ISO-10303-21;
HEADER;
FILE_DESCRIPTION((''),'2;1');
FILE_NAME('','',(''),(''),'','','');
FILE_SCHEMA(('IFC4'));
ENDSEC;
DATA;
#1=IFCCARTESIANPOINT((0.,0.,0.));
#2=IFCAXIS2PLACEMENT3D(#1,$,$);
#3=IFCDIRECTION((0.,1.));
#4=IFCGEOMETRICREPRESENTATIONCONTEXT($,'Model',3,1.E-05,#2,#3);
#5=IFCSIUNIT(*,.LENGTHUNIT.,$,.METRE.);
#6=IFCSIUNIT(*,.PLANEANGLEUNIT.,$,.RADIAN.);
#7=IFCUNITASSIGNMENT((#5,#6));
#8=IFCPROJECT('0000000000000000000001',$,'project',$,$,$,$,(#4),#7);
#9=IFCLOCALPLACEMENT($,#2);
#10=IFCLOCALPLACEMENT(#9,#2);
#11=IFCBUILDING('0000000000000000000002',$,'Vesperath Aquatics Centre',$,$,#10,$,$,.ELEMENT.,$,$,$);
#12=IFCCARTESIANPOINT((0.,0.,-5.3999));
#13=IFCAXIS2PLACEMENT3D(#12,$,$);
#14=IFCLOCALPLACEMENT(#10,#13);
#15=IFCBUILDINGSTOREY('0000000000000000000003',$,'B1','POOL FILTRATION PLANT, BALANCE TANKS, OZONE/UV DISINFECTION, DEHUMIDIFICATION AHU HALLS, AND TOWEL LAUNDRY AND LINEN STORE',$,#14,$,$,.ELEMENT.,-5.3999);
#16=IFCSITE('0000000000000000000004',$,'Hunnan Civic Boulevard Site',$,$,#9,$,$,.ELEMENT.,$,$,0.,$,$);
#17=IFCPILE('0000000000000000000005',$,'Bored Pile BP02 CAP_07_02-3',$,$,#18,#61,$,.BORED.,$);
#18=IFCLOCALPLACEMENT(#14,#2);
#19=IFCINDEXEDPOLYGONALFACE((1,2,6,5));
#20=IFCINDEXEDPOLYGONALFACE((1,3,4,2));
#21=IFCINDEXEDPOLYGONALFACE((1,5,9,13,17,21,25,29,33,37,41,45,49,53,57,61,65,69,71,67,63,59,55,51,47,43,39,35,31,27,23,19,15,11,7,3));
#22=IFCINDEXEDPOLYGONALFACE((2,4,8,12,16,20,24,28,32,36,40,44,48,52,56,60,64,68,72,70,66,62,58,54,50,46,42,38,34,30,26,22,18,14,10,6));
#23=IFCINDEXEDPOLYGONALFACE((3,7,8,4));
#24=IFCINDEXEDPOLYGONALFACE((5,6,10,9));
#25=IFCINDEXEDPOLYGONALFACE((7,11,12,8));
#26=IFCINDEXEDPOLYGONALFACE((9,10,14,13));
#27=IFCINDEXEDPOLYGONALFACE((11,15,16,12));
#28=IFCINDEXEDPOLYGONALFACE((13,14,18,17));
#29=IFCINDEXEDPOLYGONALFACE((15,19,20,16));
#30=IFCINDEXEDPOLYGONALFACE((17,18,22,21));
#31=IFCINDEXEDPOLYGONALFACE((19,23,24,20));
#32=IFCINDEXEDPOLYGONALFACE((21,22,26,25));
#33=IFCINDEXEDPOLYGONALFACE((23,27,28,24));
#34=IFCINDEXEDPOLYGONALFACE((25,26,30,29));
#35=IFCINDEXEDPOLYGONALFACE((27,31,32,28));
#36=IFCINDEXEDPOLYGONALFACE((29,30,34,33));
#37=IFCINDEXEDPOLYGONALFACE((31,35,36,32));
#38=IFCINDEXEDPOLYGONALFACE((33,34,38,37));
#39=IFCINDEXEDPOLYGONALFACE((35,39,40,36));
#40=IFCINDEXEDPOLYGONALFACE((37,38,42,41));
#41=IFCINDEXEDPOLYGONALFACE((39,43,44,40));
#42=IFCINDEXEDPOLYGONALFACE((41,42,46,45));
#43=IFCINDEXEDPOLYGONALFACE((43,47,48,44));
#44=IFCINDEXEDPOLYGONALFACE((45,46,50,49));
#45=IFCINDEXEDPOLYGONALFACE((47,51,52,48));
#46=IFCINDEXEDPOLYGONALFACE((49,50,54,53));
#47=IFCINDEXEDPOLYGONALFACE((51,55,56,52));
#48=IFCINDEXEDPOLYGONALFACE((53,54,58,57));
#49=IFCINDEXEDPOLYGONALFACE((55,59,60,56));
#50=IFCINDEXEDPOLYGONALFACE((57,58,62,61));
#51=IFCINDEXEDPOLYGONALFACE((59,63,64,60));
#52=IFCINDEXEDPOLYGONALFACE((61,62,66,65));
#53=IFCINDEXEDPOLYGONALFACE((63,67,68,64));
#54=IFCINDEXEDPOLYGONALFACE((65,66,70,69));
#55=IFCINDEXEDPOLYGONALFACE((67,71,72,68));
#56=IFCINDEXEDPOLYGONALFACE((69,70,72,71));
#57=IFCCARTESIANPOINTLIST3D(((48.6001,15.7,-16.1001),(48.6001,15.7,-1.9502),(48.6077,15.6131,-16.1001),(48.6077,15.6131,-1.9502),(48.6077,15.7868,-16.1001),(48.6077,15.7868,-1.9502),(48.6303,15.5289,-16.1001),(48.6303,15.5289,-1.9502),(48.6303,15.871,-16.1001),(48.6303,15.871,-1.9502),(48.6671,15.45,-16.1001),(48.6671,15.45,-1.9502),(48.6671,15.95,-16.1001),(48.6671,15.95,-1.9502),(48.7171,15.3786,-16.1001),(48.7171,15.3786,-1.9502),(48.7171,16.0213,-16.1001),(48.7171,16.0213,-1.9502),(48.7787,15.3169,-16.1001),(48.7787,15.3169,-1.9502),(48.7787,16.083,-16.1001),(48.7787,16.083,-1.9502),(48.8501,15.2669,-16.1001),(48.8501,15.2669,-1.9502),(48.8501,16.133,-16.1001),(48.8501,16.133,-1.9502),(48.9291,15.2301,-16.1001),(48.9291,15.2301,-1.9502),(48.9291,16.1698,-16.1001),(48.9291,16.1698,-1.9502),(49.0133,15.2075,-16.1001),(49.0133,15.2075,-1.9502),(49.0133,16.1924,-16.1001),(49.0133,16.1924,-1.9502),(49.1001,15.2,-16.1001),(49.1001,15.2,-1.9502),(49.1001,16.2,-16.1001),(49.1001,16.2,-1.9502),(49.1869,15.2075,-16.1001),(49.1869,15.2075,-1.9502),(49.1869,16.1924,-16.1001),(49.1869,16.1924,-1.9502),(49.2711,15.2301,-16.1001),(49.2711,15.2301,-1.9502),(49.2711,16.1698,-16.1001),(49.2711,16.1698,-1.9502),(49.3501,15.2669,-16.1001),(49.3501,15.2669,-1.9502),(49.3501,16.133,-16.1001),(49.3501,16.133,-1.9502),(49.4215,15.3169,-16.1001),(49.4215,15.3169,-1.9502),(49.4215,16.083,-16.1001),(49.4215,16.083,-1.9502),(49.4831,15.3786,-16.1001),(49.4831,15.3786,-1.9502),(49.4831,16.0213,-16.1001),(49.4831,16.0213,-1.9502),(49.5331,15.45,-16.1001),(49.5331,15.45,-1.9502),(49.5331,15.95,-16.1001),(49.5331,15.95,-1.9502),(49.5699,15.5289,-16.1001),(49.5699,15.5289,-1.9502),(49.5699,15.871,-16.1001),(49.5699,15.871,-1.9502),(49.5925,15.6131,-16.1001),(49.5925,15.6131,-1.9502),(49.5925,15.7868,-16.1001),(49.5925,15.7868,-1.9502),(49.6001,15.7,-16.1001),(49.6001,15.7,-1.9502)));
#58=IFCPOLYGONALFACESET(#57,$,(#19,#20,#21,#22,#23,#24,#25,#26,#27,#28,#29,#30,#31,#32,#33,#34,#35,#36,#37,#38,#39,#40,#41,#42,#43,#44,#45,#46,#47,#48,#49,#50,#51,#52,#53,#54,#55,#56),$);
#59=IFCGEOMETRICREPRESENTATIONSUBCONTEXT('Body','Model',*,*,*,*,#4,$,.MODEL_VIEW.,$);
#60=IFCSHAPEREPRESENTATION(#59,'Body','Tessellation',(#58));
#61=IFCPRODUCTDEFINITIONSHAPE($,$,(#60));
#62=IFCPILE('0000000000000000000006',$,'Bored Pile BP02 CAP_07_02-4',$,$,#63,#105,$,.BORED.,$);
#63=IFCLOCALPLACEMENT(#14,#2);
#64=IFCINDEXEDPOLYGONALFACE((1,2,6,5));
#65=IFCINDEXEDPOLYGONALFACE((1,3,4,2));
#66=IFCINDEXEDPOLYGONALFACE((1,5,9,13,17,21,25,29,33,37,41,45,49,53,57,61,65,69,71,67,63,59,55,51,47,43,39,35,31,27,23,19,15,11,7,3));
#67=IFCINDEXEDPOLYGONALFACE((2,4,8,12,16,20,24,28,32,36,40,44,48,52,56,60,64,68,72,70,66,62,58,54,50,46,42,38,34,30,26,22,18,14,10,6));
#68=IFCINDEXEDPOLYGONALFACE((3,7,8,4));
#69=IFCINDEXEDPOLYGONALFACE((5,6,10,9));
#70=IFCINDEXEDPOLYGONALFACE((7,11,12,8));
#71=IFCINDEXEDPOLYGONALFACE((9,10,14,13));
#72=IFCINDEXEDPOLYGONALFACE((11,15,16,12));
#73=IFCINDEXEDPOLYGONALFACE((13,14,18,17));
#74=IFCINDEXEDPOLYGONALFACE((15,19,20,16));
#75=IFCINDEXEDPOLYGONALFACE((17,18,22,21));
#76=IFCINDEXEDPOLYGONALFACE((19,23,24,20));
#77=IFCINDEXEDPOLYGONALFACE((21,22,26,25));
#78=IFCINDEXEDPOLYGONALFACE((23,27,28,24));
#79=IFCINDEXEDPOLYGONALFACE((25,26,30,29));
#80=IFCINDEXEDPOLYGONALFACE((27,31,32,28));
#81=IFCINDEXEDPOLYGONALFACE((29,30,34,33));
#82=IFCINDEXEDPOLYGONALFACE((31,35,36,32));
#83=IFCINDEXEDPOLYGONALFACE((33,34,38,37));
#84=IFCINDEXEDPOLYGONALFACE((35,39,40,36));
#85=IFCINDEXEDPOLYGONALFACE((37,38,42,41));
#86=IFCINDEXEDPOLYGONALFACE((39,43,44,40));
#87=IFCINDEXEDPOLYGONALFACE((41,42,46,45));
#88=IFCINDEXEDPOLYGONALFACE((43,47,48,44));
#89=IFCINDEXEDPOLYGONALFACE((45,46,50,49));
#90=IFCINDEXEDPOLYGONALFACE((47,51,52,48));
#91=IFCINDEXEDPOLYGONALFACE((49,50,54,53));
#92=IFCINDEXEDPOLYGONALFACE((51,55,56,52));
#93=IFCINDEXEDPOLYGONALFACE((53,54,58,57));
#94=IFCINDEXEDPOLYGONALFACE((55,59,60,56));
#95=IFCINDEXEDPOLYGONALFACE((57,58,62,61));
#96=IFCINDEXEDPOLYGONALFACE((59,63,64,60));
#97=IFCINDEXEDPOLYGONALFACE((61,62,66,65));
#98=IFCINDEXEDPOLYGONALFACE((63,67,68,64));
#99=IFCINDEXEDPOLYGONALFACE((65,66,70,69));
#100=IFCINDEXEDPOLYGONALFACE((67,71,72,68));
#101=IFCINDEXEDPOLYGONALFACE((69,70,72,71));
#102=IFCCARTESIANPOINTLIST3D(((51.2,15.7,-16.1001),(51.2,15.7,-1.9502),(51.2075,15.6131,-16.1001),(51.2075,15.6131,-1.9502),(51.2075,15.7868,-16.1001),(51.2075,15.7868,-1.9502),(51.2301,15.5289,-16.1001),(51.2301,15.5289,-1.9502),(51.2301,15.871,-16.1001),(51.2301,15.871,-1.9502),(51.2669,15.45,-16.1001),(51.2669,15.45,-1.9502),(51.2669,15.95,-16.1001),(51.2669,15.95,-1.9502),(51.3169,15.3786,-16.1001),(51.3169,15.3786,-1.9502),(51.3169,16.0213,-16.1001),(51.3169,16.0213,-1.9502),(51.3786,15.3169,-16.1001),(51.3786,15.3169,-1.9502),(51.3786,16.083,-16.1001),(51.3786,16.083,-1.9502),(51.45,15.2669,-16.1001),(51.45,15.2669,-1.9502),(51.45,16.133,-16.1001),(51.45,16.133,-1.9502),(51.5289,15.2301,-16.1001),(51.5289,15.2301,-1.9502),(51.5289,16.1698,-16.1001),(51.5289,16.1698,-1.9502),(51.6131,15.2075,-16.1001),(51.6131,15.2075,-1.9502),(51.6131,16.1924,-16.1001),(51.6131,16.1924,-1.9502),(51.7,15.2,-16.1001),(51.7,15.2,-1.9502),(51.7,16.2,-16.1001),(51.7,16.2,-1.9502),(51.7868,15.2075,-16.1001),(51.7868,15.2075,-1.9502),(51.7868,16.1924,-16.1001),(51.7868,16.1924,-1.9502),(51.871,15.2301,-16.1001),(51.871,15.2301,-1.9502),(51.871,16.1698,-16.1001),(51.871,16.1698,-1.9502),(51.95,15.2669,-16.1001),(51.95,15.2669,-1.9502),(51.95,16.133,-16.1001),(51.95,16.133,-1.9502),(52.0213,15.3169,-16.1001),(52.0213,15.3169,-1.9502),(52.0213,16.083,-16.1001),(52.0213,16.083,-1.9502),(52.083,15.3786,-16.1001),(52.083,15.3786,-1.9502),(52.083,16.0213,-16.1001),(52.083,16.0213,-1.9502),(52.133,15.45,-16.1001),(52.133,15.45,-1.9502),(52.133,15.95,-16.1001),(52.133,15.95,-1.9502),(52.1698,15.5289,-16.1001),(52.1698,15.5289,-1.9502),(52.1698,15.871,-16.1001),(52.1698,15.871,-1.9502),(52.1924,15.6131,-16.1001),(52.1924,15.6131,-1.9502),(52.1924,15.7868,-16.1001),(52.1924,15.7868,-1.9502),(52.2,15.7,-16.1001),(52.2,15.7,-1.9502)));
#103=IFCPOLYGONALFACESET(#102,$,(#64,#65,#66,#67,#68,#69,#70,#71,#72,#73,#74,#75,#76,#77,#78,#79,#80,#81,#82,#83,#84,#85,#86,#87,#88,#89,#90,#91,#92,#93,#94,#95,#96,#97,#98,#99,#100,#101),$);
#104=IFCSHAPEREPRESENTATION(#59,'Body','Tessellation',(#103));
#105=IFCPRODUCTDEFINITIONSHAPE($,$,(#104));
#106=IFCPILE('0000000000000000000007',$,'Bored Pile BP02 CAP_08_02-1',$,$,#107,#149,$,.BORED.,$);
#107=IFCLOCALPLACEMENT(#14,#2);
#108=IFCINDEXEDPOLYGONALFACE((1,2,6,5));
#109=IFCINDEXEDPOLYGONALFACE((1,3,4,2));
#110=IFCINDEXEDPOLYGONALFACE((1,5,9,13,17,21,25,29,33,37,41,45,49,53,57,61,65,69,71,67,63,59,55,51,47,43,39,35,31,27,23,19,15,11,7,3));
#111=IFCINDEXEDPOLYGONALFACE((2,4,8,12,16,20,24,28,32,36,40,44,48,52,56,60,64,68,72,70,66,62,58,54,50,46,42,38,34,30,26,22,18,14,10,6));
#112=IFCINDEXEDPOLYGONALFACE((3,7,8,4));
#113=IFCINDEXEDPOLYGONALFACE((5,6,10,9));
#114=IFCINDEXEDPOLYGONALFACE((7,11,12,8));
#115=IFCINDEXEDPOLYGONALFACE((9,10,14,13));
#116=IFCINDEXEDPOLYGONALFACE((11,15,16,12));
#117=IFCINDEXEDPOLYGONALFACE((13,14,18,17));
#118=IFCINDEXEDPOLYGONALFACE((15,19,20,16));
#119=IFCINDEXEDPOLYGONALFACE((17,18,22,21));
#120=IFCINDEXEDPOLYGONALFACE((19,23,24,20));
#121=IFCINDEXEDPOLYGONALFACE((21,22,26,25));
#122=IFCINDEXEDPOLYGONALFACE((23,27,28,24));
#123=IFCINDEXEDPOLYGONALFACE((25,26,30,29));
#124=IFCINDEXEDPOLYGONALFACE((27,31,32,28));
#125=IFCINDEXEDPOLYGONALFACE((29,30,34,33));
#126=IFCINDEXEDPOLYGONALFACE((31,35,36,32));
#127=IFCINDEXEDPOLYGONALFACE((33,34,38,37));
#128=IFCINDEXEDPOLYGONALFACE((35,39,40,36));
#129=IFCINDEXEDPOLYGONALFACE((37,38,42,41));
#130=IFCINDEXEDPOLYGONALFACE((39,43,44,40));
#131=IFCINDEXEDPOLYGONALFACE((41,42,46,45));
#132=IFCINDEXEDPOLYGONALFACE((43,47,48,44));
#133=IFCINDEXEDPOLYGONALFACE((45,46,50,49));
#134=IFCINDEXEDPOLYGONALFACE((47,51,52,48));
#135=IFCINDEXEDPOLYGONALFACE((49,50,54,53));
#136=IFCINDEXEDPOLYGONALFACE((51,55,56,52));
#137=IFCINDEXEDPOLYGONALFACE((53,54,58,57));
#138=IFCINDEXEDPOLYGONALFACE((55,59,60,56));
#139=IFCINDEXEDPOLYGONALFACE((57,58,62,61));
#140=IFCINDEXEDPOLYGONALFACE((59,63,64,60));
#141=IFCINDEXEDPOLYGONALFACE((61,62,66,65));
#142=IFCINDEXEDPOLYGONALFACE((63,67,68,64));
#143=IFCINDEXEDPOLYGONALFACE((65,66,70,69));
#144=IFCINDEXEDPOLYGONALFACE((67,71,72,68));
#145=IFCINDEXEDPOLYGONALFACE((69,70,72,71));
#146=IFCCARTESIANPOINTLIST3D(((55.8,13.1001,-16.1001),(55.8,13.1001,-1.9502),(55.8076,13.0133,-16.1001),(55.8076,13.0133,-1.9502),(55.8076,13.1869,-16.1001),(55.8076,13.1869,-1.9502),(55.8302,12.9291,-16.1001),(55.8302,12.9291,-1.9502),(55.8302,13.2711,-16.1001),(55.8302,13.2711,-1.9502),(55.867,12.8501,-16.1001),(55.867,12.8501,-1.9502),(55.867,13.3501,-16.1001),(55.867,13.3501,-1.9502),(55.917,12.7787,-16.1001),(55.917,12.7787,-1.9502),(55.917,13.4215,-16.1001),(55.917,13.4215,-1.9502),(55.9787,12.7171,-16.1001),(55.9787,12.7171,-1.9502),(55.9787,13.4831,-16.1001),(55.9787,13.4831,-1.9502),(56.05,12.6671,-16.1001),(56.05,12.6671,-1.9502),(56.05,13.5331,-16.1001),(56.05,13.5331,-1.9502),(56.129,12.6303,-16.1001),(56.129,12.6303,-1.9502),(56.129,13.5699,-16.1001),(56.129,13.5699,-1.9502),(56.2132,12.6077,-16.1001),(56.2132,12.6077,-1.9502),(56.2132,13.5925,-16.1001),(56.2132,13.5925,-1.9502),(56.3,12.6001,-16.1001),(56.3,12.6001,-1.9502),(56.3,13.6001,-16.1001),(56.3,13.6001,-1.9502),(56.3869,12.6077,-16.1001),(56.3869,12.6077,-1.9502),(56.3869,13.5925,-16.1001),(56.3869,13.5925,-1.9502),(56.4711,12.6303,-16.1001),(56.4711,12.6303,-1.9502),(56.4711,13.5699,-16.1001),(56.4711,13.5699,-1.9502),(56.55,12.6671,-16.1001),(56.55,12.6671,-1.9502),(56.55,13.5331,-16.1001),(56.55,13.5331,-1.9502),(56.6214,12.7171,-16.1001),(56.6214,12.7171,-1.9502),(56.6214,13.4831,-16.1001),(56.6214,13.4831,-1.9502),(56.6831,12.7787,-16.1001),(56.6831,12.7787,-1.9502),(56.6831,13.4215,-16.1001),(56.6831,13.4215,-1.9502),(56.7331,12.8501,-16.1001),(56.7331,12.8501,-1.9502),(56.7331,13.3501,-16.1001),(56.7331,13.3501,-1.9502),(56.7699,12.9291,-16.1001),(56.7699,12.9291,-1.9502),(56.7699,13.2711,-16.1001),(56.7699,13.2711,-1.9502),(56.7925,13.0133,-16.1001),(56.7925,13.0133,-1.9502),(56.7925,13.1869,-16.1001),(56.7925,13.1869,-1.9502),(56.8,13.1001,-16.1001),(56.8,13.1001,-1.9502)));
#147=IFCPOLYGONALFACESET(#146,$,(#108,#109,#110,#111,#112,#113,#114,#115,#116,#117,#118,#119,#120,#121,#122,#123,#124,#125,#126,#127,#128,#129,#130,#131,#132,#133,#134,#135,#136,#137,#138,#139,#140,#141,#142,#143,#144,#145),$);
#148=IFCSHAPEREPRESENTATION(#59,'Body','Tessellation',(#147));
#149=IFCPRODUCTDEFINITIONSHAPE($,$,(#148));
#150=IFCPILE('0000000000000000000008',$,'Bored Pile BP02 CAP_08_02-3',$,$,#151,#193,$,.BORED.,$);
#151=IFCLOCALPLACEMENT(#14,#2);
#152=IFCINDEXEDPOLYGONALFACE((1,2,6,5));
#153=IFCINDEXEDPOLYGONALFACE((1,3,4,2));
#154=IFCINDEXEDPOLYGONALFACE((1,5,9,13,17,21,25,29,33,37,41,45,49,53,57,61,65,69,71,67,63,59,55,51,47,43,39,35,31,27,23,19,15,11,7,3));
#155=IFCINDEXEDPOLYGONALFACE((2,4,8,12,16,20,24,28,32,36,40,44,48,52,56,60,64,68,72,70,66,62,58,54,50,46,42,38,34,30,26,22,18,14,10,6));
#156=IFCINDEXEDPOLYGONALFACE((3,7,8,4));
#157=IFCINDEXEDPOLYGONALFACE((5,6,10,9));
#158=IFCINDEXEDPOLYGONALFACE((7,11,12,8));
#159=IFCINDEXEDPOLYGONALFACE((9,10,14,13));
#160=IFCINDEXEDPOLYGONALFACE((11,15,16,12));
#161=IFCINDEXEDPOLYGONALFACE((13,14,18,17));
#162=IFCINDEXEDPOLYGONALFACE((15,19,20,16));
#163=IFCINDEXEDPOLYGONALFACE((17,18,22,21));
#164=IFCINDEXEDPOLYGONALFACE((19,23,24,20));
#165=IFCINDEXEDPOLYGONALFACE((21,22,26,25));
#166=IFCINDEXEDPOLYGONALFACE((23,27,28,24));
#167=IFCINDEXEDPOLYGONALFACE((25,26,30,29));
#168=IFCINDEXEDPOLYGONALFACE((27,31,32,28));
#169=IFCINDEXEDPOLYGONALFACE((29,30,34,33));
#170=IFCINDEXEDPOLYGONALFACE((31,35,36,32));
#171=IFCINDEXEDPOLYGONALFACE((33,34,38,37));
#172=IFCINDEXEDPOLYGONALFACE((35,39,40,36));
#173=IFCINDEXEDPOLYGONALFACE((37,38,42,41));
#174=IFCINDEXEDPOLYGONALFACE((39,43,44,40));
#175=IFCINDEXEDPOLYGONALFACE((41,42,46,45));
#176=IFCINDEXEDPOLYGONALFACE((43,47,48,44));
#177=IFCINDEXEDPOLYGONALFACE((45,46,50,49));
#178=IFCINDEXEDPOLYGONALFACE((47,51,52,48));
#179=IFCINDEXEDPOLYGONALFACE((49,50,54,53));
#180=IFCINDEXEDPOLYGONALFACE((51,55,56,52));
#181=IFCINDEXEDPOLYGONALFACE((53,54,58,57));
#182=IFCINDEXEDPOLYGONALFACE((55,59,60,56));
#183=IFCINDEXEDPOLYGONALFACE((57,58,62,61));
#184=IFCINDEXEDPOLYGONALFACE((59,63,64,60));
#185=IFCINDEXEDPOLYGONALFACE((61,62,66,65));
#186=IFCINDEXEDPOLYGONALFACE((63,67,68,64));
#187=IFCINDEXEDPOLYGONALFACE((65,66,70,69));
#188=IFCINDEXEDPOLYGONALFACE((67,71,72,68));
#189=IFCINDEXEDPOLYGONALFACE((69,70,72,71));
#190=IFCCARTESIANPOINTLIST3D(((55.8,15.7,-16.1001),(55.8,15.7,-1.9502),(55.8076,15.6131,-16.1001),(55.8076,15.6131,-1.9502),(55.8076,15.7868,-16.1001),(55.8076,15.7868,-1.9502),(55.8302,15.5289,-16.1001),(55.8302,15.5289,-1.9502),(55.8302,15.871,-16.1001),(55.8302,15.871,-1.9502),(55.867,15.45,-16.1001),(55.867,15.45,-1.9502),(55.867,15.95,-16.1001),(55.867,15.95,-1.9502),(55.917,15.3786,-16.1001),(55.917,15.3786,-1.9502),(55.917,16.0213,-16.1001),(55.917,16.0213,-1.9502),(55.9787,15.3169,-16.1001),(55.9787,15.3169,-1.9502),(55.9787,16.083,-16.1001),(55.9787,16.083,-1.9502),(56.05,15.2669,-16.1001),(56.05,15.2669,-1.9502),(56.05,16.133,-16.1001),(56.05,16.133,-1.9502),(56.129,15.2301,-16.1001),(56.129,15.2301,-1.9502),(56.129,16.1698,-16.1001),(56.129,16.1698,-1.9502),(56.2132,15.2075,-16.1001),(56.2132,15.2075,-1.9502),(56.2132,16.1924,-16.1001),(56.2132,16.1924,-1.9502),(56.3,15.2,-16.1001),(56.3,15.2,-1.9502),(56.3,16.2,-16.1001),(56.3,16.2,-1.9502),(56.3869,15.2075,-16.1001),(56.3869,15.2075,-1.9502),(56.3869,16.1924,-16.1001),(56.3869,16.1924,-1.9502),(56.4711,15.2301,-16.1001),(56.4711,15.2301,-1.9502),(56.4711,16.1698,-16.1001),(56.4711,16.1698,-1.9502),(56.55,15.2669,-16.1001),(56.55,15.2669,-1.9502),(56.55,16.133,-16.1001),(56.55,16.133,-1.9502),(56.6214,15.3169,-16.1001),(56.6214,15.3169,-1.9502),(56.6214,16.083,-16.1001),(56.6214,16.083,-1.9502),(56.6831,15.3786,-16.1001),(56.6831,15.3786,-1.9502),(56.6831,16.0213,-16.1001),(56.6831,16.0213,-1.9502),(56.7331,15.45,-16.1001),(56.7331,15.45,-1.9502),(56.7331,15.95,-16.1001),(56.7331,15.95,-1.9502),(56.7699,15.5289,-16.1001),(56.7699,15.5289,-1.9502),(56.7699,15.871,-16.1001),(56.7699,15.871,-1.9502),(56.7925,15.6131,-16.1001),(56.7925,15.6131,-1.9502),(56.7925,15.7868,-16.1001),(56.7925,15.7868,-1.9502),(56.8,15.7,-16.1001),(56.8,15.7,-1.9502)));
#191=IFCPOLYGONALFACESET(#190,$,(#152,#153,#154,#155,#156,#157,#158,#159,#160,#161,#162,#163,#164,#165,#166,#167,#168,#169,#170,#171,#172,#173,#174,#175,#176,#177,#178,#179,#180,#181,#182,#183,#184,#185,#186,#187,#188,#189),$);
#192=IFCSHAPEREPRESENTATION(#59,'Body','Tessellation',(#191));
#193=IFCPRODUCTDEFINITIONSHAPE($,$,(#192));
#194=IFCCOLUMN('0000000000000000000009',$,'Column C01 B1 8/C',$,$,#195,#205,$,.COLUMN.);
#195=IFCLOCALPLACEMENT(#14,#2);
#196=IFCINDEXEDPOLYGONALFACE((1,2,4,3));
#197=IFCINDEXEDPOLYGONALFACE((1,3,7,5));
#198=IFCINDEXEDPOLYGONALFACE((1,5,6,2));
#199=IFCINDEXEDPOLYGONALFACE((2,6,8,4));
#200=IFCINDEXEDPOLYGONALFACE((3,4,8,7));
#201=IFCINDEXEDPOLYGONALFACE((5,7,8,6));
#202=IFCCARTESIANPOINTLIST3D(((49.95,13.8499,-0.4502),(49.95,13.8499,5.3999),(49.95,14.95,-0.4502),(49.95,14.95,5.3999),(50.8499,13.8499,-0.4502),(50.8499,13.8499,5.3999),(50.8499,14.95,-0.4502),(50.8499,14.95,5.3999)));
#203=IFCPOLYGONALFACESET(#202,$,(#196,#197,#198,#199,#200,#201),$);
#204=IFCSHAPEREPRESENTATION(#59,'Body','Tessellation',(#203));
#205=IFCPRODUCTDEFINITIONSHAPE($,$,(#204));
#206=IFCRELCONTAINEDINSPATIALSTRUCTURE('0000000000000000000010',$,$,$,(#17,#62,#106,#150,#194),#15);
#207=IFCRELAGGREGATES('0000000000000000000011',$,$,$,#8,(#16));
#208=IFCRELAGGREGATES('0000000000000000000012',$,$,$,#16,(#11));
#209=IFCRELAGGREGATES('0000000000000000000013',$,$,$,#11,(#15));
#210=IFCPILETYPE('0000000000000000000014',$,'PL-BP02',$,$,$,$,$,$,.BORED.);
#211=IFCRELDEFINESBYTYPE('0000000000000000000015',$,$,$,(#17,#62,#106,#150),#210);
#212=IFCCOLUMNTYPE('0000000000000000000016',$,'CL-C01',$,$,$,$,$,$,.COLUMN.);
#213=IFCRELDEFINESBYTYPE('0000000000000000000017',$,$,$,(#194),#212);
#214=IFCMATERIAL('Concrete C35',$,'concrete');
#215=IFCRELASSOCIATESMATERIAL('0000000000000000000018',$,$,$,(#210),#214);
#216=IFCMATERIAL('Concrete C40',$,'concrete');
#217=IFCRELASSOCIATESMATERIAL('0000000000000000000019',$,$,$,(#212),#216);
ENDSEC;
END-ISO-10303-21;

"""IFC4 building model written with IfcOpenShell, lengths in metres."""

from ifc_helpers import new_model, si_unit, direction, frame, origin, origin_2d, place, context, subcontext, project, spatial, rectangle, circle, extrude, material, material_profile, profile_set, type_object, element, save


model = new_model("IFC4")

# Units and contexts
model_context = context("Model", 3, precision=1e-05, world=origin(), true_north=direction((0.0, 1.0)))
body_context = subcontext(model_context, "Body", "Model", "MODEL_VIEW")
ifc_project = project(units=[si_unit("LENGTHUNIT", "METRE"), si_unit("PLANEANGLEUNIT", "RADIAN")], contexts=[model_context])

# Site, building, storey
site_placement = place(None, origin())
site = spatial("IfcSite", under=ifc_project, at=site_placement, Name="Hunnan Civic Boulevard Site", CompositionType="ELEMENT", RefElevation=0.0)
building_placement = place(site_placement, origin())
building = spatial("IfcBuilding", under=site, at=building_placement, Name="Vesperath Aquatics Centre", CompositionType="ELEMENT")
storey_placement = place(building_placement, frame((0.0, 0.0, -5.3999)))
storey = spatial("IfcBuildingStorey", under=building, at=storey_placement, Name="B1", Description="POOL FILTRATION PLANT, BALANCE TANKS, OZONE/UV DISINFECTION, DEHUMIDIFICATION AHU HALLS, AND TOWEL LAUNDRY AND LINEN STORE", CompositionType="ELEMENT", Elevation=-5.3999)

# Shared definitions
ifc_material_1 = material(Name="Concrete C40", Category="concrete")

# Piles
ifc_material_2 = material(Name="Concrete C35", Category="concrete")
ifc_material_profile_1 = material_profile(ifc_material_2, circle(Radius=0.5, at=origin_2d()), Name="PILE D1000")
ifc_profile_set_1 = profile_set([ifc_material_profile_1], Name="Concrete C35")
pile_type_1 = type_object("IfcPileType", Name="PL-BP02", PredefinedType="BORED", material=ifc_profile_set_1)
for number, where, z_axis, x_axis, name in (
    (1, (49.1001, 15.7, -1.9502), (0.0, 0.0, -1.0), (1.0, 0.0, 0.0), "Bored Pile BP02 CAP_07_02-3"),
    (2, (51.7, 15.7, -1.9502), (0.0, 0.0, -1.0), (1.0, 0.0, 0.0), "Bored Pile BP02 CAP_07_02-4"),
    (3, (56.3, 13.1001, -1.9502), (0.0, 0.0, -1.0), (1.0, 0.0, 0.0), "Bored Pile BP02 CAP_08_02-1"),
    (4, (56.3, 15.7, -1.9502), (0.0, 0.0, -1.0), (1.0, 0.0, 0.0), "Bored Pile BP02 CAP_08_02-3"),
):
    element("IfcPile", number, at=place(storey_placement, frame(where, z_axis=z_axis, x_axis=x_axis)), inside=storey, type_object=pile_type_1, Name=name, PredefinedType="BORED", context=body_context, shape_type="SweptSolid", body=[
        extrude(circle(Radius=0.5, at=origin_2d()), origin(), (0.0, 0.0, 1.0), 14.1499),
    ])

# Column
ifc_material_profile_2 = material_profile(ifc_material_1, rectangle(XDim=0.8999, YDim=1.1001, at=origin_2d()), Name="RC 1100x900")
ifc_profile_set_2 = profile_set([ifc_material_profile_2], Name="Concrete C40")
column_type_1 = type_object("IfcColumnType", Name="CL-C01", PredefinedType="COLUMN", material=ifc_profile_set_2)
for number, where, z_axis, x_axis, name in (
    (5, (50.3999, 14.3999, -0.4502), (0.0, 0.0, 1.0), (1.0, 0.0, 0.0), "Column C01 B1 8/C"),
):
    element("IfcColumn", number, at=place(storey_placement, frame(where, z_axis=z_axis, x_axis=x_axis)), inside=storey, type_object=column_type_1, Name=name, PredefinedType="COLUMN", context=body_context, shape_type="SweptSolid", body=[
        extrude(rectangle(XDim=0.8999, YDim=1.1001, at=origin_2d()), origin(), (0.0, 0.0, 1.0), 5.8501),
    ])

save(model, "model.ifc")
